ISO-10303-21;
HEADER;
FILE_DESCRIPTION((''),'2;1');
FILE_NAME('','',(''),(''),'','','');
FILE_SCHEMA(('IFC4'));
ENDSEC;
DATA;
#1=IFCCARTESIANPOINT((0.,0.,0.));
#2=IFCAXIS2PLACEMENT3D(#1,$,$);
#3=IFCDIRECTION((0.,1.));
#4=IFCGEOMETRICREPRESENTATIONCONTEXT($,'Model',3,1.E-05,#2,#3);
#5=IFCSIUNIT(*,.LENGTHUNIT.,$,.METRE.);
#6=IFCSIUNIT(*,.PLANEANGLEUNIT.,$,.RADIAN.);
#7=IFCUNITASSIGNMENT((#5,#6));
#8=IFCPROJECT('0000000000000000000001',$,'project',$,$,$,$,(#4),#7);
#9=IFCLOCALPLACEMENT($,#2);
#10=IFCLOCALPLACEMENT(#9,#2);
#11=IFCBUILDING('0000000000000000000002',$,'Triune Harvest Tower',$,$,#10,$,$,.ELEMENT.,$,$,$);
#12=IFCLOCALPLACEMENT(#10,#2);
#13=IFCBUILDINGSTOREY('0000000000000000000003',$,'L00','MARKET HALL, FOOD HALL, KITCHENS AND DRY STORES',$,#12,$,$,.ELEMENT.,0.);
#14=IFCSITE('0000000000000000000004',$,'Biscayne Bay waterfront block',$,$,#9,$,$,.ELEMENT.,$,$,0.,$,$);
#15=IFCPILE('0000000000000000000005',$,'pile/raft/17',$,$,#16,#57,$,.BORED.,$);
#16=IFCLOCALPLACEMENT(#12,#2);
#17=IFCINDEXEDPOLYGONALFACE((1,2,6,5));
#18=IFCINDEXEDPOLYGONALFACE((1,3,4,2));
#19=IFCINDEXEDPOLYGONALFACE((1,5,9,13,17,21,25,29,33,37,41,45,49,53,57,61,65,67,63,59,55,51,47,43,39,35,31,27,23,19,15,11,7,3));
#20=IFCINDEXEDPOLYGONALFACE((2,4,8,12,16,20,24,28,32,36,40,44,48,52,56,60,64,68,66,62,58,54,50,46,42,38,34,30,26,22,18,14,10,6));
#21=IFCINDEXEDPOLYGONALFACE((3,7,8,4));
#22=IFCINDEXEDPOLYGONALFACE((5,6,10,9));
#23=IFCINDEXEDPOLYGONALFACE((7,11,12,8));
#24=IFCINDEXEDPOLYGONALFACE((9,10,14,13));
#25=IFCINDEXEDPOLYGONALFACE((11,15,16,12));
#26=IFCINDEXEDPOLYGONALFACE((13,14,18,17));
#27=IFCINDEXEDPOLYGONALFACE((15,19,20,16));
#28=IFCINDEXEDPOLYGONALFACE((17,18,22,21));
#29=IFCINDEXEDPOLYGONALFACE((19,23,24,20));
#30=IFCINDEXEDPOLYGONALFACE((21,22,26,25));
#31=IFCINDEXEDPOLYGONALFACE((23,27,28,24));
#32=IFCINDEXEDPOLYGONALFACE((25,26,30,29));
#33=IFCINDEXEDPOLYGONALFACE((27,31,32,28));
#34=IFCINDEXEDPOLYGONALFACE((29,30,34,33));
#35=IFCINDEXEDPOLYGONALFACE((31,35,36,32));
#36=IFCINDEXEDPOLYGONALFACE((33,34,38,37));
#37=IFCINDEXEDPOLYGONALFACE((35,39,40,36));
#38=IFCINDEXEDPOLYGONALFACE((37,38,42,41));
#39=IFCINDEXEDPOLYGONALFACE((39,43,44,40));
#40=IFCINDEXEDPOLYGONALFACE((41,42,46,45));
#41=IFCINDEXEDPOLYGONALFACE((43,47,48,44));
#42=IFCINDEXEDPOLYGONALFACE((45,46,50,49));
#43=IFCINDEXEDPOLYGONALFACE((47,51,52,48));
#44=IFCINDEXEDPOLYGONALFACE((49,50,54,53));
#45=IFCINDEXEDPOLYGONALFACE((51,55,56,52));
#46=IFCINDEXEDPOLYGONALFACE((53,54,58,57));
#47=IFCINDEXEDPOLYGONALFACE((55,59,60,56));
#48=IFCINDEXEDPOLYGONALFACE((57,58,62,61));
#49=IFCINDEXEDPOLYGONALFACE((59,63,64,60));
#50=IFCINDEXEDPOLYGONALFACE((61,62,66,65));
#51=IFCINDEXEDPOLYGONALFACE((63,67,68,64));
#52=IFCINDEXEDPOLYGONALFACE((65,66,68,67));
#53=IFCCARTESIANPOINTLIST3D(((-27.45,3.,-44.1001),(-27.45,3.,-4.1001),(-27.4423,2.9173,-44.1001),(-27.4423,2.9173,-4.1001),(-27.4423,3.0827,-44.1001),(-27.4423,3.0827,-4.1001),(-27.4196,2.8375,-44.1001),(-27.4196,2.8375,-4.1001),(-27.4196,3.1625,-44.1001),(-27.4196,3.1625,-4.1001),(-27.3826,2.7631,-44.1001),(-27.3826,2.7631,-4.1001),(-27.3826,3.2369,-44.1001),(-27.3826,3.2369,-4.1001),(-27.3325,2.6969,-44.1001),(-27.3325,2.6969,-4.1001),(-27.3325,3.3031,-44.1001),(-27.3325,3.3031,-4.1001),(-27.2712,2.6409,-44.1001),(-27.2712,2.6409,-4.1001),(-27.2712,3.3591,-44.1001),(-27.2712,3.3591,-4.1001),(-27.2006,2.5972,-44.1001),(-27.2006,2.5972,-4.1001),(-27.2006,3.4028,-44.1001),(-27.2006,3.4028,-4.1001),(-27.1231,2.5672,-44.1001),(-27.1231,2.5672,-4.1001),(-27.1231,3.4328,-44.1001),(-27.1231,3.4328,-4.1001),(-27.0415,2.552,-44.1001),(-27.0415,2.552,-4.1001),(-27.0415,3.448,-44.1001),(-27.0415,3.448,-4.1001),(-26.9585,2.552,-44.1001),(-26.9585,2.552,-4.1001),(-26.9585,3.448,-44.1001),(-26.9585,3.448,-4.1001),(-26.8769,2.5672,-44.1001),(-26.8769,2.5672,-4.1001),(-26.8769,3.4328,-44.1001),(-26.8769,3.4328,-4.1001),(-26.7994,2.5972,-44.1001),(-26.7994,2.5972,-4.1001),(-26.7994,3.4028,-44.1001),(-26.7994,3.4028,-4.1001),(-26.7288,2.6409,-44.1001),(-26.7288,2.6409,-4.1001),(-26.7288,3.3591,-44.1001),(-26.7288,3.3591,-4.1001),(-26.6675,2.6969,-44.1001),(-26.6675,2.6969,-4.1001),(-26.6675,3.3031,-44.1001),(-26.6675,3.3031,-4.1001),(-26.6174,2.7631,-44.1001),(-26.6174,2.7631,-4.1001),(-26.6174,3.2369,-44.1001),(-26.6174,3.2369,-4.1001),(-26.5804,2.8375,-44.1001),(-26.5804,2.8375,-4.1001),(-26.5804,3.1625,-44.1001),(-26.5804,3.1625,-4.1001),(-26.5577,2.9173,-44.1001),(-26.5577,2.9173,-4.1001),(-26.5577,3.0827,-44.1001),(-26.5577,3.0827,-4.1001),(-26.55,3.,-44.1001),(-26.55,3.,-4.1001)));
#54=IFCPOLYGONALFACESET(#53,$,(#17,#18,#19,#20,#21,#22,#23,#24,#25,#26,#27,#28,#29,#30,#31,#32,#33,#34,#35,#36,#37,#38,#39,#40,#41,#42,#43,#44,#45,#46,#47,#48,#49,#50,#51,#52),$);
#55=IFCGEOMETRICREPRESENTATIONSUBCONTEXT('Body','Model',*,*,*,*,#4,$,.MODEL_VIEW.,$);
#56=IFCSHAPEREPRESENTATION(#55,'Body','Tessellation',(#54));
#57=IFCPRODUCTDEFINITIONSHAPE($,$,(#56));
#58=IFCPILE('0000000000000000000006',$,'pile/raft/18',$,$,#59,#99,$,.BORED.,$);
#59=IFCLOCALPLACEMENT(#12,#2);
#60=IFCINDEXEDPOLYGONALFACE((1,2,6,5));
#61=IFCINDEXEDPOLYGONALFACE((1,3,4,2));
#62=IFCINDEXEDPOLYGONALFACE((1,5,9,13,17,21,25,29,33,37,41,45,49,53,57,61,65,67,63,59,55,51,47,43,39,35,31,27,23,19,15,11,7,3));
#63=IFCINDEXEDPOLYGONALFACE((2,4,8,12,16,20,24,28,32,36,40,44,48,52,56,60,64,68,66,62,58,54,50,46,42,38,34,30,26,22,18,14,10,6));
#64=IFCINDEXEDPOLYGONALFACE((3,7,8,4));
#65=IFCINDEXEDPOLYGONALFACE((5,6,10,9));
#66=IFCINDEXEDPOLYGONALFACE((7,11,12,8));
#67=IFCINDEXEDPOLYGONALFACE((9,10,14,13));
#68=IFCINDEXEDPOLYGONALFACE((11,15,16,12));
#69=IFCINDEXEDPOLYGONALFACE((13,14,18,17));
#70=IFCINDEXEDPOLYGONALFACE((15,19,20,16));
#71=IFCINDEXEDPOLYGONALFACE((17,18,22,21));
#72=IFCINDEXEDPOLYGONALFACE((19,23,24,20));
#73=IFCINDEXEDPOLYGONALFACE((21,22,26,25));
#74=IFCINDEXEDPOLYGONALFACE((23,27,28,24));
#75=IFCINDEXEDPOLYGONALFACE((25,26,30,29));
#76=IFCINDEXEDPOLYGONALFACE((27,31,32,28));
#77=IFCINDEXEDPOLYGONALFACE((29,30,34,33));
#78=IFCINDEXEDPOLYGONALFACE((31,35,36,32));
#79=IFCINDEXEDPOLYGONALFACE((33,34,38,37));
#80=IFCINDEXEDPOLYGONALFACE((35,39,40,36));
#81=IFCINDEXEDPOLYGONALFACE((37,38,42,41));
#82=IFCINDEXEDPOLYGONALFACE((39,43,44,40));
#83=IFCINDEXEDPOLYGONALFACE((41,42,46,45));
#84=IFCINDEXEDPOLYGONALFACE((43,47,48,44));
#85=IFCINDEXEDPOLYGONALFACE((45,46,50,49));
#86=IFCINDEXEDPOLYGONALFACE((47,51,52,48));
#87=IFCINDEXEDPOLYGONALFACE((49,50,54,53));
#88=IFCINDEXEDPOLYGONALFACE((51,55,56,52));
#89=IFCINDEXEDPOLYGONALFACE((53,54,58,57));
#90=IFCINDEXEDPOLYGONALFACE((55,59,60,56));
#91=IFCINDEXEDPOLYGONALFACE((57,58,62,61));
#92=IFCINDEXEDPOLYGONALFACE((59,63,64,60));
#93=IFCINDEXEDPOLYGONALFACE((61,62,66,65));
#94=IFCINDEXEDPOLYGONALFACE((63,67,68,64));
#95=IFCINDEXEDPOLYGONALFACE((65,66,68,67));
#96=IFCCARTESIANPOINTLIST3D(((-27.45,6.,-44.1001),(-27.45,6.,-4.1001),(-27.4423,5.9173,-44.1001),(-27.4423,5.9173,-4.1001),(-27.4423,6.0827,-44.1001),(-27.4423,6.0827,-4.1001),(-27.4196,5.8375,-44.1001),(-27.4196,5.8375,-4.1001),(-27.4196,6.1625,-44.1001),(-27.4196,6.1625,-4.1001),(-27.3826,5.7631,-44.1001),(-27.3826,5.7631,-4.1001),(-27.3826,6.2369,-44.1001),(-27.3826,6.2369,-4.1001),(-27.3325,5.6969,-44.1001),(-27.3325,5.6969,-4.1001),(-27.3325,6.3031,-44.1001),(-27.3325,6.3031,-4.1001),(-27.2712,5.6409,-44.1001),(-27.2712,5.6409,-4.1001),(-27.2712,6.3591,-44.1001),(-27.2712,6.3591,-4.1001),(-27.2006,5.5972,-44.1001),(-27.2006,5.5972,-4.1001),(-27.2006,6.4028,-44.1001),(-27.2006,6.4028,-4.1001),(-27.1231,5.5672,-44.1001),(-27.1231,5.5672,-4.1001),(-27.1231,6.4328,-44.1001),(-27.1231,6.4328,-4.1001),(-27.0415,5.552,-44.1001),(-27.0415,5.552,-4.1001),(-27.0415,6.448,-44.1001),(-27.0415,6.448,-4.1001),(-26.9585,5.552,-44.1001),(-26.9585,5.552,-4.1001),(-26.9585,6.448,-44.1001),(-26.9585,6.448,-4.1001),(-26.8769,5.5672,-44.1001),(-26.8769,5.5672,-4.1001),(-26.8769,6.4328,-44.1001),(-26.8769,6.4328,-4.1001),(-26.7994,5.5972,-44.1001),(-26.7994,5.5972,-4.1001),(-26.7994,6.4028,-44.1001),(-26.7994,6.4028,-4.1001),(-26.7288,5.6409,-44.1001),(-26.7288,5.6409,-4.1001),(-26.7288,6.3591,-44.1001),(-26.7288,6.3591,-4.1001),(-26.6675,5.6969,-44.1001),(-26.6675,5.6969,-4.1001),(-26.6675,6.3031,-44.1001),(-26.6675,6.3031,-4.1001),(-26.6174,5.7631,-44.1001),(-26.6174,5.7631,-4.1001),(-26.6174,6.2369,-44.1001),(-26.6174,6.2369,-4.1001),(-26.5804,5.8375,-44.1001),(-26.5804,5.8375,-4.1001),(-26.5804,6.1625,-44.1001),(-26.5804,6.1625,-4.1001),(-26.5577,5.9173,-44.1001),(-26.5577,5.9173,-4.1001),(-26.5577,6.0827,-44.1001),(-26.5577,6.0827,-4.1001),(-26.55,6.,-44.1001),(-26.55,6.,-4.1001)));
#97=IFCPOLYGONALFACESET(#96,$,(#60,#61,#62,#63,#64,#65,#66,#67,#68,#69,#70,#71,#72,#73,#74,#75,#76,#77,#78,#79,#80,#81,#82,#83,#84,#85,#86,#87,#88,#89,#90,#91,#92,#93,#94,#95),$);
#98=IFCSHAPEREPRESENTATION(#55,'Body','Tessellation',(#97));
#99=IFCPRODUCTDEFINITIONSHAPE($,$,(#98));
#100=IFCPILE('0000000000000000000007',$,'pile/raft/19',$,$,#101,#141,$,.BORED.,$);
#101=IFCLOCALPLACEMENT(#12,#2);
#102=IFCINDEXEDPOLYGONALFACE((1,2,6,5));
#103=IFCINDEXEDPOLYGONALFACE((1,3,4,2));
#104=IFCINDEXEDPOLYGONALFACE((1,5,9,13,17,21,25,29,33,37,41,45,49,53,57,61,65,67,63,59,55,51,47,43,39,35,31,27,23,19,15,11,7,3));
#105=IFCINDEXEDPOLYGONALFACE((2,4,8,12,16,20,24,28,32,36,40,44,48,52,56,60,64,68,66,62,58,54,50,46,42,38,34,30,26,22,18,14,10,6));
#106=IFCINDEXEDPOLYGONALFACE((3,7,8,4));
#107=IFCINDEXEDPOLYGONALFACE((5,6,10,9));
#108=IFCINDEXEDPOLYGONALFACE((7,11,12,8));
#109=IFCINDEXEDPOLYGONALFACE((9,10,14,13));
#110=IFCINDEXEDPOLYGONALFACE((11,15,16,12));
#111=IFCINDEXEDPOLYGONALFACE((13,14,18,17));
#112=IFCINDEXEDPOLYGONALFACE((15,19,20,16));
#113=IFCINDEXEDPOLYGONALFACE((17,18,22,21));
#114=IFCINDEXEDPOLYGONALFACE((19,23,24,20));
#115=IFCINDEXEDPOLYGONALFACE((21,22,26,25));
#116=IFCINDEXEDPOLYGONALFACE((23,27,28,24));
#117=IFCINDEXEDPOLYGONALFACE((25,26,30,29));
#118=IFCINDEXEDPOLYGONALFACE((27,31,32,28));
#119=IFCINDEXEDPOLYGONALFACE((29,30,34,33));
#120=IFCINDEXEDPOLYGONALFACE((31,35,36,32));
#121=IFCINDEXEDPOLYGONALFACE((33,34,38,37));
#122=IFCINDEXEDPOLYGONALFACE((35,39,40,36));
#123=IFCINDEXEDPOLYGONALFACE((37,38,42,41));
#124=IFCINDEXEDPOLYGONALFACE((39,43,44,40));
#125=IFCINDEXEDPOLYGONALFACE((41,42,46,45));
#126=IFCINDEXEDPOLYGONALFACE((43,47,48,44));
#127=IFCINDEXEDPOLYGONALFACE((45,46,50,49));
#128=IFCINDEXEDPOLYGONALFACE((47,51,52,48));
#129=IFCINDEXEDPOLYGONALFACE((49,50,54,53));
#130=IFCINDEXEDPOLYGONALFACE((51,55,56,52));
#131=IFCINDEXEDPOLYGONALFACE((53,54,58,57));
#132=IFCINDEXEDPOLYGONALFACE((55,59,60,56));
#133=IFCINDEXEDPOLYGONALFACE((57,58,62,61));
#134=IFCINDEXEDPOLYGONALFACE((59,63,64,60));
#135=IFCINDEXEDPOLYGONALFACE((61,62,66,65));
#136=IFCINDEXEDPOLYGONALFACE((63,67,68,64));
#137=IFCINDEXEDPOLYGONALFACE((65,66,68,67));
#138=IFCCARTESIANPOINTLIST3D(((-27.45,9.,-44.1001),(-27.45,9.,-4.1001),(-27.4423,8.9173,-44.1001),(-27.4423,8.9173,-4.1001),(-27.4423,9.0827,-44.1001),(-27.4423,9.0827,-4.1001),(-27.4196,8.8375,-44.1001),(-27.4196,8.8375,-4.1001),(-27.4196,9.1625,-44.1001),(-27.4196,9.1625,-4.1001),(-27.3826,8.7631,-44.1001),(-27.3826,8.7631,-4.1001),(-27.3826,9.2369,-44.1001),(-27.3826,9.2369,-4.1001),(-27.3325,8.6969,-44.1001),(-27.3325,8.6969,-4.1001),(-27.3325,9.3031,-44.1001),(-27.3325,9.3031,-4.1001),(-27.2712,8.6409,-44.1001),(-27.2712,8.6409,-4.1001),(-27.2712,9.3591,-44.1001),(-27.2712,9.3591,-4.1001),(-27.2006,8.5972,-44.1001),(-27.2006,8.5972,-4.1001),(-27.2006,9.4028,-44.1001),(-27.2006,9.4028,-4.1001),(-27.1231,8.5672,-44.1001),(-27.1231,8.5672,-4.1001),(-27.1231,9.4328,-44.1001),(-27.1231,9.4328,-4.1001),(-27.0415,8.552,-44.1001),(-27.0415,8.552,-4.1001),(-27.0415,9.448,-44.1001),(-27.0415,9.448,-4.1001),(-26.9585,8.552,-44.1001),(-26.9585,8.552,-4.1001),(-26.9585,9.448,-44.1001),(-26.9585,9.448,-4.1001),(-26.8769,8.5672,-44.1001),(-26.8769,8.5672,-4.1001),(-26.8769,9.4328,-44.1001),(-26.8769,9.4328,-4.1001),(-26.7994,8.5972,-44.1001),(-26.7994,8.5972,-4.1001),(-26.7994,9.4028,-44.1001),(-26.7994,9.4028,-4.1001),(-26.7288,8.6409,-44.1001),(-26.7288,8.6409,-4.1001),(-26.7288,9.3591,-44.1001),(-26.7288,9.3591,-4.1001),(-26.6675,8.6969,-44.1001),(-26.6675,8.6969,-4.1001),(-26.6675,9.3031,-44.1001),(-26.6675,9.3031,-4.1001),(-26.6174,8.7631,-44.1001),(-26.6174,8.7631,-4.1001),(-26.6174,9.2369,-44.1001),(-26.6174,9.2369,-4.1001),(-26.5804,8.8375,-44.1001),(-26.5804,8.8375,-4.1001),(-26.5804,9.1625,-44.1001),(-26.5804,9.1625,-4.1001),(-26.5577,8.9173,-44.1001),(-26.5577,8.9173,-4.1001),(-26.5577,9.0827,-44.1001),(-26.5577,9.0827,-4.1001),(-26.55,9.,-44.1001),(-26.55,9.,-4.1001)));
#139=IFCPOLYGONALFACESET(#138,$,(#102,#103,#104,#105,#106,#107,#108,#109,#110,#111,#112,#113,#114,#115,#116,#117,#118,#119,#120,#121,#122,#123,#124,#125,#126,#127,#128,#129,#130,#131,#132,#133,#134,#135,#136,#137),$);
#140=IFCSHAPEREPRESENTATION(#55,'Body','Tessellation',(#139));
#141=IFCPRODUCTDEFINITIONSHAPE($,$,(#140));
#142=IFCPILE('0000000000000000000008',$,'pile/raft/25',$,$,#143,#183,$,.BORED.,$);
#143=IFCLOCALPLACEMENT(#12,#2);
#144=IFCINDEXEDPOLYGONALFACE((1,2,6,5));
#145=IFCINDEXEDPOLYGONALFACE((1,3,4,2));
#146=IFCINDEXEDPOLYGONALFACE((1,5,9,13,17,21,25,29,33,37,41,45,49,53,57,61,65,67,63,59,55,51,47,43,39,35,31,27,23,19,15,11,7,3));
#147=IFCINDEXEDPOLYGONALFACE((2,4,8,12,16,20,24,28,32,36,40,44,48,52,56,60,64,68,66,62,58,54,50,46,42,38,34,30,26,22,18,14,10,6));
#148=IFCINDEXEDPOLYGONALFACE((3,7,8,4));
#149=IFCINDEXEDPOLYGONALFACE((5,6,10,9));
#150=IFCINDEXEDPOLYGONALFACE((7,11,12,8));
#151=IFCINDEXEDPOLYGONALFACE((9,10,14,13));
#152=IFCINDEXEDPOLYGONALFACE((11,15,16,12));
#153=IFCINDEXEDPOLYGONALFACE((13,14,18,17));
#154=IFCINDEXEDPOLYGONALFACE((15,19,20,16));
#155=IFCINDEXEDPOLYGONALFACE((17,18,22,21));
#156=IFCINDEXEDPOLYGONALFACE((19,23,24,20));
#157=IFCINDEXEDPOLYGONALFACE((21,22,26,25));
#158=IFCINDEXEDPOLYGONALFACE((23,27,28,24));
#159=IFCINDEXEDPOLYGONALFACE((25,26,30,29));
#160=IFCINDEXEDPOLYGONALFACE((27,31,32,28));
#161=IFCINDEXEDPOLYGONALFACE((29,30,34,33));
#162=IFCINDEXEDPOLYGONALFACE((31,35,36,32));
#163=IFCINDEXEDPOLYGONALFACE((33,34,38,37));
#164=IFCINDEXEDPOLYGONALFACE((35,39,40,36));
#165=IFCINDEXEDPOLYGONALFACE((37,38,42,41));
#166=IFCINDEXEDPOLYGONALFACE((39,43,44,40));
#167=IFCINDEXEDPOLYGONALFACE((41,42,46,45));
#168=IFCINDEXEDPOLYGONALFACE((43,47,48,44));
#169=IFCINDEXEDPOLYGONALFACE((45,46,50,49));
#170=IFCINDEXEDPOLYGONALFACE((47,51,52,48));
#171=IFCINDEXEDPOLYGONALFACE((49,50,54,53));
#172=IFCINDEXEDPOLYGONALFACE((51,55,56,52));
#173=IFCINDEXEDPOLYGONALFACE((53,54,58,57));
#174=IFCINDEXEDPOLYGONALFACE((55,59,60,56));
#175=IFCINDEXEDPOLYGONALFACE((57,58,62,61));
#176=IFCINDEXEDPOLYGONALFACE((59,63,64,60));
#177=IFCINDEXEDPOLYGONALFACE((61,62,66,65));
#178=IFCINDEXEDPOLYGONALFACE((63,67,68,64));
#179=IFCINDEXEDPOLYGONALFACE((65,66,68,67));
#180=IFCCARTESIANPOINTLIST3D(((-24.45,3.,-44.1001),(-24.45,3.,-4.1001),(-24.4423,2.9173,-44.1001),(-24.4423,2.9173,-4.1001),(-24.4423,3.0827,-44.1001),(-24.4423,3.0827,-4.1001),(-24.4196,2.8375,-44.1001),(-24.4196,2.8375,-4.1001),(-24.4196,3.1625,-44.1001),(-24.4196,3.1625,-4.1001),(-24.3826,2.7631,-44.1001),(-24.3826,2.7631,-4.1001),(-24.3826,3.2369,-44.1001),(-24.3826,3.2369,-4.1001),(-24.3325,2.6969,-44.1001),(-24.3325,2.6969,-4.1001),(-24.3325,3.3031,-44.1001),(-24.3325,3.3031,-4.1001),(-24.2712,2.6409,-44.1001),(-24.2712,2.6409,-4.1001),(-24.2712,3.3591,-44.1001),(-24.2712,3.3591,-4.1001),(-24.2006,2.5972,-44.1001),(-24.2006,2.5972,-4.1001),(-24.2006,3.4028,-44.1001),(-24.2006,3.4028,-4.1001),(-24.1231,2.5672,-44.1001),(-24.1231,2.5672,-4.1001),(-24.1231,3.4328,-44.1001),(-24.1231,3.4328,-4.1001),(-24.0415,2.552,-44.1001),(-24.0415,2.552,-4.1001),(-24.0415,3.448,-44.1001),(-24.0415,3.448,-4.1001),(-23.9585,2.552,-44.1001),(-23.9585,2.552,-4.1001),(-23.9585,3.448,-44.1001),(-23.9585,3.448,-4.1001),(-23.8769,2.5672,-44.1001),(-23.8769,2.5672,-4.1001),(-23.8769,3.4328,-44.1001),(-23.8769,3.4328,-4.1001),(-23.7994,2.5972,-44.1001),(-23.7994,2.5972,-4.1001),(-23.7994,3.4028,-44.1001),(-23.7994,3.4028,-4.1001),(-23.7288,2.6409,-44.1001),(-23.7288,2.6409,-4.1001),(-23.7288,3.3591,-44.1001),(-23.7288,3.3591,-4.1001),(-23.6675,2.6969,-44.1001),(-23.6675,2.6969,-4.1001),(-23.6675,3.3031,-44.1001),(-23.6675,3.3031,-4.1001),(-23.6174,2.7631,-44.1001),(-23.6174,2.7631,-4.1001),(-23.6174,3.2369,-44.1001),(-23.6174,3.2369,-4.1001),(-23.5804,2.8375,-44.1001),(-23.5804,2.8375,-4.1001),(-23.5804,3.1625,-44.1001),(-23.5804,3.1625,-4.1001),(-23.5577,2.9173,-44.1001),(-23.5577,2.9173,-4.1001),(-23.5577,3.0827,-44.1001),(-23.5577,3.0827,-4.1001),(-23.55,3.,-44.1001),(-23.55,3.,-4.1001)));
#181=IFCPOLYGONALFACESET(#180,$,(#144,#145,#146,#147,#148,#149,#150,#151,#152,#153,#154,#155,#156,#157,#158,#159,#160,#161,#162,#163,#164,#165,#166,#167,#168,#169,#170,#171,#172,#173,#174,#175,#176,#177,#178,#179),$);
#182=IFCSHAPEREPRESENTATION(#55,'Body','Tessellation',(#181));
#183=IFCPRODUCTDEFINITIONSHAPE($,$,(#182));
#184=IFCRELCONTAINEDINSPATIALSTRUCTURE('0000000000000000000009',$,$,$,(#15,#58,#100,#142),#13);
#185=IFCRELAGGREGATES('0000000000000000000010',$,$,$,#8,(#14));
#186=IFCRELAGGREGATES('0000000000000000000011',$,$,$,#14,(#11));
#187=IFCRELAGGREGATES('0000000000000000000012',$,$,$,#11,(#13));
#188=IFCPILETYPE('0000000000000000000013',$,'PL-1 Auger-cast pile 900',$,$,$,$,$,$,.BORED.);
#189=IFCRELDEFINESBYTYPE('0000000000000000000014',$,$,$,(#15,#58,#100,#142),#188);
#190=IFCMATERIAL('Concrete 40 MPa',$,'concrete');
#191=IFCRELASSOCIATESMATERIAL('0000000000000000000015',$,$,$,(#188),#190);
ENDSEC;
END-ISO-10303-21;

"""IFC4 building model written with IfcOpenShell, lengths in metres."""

from ifc_helpers import new_model, si_unit, direction, frame, origin, origin_2d, place, context, subcontext, project, spatial, circle, extrude, source, transform, mapped, material, material_profile, profile_set, type_object, element, save


model = new_model("IFC4")

# Units and contexts
model_context = context("Model", 3, precision=1e-05, world=origin(), true_north=direction((0.0, 1.0)))
body_context = subcontext(model_context, "Body", "Model", "MODEL_VIEW")
ifc_project = project(units=[si_unit("LENGTHUNIT", "METRE"), si_unit("PLANEANGLEUNIT", "RADIAN")], contexts=[model_context])

# Site, building, storey
site_placement = place(None, origin())
site = spatial("IfcSite", under=ifc_project, at=site_placement, Name="Biscayne Bay waterfront block", CompositionType="ELEMENT", RefElevation=0.0)
building_placement = place(site_placement, origin())
building = spatial("IfcBuilding", under=site, at=building_placement, Name="Triune Harvest Tower", CompositionType="ELEMENT")
storey_placement = place(building_placement, origin())
storey = spatial("IfcBuildingStorey", under=building, at=storey_placement, Name="L00", Description="MARKET HALL, FOOD HALL, KITCHENS AND DRY STORES", CompositionType="ELEMENT", Elevation=0.0)

# Piles
ifc_material_1 = material(Name="Concrete 40 MPa", Category="concrete")
ifc_material_profile_1 = material_profile(ifc_material_1, circle(Radius=0.45, at=origin_2d()), Name="Bored 900")
ifc_profile_set_1 = profile_set([ifc_material_profile_1], Name="Concrete 40 MPa")
pile_type = type_object("IfcPileType", Name="PL-1 Auger-cast pile 900", PredefinedType="BORED", material=ifc_profile_set_1)
shared_shape_1 = source(origin(), body_context, "Body", "SweptSolid", [
    extrude(circle(Radius=0.45, at=origin_2d()), origin(), (0.0, 0.0, 1.0), 40.0),
])
for number, where, z_axis, x_axis, name in (
    (1, (-27.0, 3.0, -4.1001), (0.0, 0.0, -1.0), (1.0, 0.0, 0.0), "pile/raft/17"),
    (2, (-27.0, 6.0, -4.1001), (0.0, 0.0, -1.0), (1.0, 0.0, 0.0), "pile/raft/18"),
    (3, (-27.0, 9.0, -4.1001), (0.0, 0.0, -1.0), (1.0, 0.0, 0.0), "pile/raft/19"),
    (4, (-24.0, 3.0, -4.1001), (0.0, 0.0, -1.0), (1.0, 0.0, 0.0), "pile/raft/25"),
):
    element("IfcPile", number, at=place(storey_placement, frame(where, z_axis=z_axis, x_axis=x_axis)), inside=storey, type_object=pile_type, Name=name, PredefinedType="BORED", context=body_context, shape_type="MappedRepresentation", body=[
        mapped(shared_shape_1, transform((0.0, 0.0, 0.0), scale=1.0)),
    ])

save(model, "model.ifc")
